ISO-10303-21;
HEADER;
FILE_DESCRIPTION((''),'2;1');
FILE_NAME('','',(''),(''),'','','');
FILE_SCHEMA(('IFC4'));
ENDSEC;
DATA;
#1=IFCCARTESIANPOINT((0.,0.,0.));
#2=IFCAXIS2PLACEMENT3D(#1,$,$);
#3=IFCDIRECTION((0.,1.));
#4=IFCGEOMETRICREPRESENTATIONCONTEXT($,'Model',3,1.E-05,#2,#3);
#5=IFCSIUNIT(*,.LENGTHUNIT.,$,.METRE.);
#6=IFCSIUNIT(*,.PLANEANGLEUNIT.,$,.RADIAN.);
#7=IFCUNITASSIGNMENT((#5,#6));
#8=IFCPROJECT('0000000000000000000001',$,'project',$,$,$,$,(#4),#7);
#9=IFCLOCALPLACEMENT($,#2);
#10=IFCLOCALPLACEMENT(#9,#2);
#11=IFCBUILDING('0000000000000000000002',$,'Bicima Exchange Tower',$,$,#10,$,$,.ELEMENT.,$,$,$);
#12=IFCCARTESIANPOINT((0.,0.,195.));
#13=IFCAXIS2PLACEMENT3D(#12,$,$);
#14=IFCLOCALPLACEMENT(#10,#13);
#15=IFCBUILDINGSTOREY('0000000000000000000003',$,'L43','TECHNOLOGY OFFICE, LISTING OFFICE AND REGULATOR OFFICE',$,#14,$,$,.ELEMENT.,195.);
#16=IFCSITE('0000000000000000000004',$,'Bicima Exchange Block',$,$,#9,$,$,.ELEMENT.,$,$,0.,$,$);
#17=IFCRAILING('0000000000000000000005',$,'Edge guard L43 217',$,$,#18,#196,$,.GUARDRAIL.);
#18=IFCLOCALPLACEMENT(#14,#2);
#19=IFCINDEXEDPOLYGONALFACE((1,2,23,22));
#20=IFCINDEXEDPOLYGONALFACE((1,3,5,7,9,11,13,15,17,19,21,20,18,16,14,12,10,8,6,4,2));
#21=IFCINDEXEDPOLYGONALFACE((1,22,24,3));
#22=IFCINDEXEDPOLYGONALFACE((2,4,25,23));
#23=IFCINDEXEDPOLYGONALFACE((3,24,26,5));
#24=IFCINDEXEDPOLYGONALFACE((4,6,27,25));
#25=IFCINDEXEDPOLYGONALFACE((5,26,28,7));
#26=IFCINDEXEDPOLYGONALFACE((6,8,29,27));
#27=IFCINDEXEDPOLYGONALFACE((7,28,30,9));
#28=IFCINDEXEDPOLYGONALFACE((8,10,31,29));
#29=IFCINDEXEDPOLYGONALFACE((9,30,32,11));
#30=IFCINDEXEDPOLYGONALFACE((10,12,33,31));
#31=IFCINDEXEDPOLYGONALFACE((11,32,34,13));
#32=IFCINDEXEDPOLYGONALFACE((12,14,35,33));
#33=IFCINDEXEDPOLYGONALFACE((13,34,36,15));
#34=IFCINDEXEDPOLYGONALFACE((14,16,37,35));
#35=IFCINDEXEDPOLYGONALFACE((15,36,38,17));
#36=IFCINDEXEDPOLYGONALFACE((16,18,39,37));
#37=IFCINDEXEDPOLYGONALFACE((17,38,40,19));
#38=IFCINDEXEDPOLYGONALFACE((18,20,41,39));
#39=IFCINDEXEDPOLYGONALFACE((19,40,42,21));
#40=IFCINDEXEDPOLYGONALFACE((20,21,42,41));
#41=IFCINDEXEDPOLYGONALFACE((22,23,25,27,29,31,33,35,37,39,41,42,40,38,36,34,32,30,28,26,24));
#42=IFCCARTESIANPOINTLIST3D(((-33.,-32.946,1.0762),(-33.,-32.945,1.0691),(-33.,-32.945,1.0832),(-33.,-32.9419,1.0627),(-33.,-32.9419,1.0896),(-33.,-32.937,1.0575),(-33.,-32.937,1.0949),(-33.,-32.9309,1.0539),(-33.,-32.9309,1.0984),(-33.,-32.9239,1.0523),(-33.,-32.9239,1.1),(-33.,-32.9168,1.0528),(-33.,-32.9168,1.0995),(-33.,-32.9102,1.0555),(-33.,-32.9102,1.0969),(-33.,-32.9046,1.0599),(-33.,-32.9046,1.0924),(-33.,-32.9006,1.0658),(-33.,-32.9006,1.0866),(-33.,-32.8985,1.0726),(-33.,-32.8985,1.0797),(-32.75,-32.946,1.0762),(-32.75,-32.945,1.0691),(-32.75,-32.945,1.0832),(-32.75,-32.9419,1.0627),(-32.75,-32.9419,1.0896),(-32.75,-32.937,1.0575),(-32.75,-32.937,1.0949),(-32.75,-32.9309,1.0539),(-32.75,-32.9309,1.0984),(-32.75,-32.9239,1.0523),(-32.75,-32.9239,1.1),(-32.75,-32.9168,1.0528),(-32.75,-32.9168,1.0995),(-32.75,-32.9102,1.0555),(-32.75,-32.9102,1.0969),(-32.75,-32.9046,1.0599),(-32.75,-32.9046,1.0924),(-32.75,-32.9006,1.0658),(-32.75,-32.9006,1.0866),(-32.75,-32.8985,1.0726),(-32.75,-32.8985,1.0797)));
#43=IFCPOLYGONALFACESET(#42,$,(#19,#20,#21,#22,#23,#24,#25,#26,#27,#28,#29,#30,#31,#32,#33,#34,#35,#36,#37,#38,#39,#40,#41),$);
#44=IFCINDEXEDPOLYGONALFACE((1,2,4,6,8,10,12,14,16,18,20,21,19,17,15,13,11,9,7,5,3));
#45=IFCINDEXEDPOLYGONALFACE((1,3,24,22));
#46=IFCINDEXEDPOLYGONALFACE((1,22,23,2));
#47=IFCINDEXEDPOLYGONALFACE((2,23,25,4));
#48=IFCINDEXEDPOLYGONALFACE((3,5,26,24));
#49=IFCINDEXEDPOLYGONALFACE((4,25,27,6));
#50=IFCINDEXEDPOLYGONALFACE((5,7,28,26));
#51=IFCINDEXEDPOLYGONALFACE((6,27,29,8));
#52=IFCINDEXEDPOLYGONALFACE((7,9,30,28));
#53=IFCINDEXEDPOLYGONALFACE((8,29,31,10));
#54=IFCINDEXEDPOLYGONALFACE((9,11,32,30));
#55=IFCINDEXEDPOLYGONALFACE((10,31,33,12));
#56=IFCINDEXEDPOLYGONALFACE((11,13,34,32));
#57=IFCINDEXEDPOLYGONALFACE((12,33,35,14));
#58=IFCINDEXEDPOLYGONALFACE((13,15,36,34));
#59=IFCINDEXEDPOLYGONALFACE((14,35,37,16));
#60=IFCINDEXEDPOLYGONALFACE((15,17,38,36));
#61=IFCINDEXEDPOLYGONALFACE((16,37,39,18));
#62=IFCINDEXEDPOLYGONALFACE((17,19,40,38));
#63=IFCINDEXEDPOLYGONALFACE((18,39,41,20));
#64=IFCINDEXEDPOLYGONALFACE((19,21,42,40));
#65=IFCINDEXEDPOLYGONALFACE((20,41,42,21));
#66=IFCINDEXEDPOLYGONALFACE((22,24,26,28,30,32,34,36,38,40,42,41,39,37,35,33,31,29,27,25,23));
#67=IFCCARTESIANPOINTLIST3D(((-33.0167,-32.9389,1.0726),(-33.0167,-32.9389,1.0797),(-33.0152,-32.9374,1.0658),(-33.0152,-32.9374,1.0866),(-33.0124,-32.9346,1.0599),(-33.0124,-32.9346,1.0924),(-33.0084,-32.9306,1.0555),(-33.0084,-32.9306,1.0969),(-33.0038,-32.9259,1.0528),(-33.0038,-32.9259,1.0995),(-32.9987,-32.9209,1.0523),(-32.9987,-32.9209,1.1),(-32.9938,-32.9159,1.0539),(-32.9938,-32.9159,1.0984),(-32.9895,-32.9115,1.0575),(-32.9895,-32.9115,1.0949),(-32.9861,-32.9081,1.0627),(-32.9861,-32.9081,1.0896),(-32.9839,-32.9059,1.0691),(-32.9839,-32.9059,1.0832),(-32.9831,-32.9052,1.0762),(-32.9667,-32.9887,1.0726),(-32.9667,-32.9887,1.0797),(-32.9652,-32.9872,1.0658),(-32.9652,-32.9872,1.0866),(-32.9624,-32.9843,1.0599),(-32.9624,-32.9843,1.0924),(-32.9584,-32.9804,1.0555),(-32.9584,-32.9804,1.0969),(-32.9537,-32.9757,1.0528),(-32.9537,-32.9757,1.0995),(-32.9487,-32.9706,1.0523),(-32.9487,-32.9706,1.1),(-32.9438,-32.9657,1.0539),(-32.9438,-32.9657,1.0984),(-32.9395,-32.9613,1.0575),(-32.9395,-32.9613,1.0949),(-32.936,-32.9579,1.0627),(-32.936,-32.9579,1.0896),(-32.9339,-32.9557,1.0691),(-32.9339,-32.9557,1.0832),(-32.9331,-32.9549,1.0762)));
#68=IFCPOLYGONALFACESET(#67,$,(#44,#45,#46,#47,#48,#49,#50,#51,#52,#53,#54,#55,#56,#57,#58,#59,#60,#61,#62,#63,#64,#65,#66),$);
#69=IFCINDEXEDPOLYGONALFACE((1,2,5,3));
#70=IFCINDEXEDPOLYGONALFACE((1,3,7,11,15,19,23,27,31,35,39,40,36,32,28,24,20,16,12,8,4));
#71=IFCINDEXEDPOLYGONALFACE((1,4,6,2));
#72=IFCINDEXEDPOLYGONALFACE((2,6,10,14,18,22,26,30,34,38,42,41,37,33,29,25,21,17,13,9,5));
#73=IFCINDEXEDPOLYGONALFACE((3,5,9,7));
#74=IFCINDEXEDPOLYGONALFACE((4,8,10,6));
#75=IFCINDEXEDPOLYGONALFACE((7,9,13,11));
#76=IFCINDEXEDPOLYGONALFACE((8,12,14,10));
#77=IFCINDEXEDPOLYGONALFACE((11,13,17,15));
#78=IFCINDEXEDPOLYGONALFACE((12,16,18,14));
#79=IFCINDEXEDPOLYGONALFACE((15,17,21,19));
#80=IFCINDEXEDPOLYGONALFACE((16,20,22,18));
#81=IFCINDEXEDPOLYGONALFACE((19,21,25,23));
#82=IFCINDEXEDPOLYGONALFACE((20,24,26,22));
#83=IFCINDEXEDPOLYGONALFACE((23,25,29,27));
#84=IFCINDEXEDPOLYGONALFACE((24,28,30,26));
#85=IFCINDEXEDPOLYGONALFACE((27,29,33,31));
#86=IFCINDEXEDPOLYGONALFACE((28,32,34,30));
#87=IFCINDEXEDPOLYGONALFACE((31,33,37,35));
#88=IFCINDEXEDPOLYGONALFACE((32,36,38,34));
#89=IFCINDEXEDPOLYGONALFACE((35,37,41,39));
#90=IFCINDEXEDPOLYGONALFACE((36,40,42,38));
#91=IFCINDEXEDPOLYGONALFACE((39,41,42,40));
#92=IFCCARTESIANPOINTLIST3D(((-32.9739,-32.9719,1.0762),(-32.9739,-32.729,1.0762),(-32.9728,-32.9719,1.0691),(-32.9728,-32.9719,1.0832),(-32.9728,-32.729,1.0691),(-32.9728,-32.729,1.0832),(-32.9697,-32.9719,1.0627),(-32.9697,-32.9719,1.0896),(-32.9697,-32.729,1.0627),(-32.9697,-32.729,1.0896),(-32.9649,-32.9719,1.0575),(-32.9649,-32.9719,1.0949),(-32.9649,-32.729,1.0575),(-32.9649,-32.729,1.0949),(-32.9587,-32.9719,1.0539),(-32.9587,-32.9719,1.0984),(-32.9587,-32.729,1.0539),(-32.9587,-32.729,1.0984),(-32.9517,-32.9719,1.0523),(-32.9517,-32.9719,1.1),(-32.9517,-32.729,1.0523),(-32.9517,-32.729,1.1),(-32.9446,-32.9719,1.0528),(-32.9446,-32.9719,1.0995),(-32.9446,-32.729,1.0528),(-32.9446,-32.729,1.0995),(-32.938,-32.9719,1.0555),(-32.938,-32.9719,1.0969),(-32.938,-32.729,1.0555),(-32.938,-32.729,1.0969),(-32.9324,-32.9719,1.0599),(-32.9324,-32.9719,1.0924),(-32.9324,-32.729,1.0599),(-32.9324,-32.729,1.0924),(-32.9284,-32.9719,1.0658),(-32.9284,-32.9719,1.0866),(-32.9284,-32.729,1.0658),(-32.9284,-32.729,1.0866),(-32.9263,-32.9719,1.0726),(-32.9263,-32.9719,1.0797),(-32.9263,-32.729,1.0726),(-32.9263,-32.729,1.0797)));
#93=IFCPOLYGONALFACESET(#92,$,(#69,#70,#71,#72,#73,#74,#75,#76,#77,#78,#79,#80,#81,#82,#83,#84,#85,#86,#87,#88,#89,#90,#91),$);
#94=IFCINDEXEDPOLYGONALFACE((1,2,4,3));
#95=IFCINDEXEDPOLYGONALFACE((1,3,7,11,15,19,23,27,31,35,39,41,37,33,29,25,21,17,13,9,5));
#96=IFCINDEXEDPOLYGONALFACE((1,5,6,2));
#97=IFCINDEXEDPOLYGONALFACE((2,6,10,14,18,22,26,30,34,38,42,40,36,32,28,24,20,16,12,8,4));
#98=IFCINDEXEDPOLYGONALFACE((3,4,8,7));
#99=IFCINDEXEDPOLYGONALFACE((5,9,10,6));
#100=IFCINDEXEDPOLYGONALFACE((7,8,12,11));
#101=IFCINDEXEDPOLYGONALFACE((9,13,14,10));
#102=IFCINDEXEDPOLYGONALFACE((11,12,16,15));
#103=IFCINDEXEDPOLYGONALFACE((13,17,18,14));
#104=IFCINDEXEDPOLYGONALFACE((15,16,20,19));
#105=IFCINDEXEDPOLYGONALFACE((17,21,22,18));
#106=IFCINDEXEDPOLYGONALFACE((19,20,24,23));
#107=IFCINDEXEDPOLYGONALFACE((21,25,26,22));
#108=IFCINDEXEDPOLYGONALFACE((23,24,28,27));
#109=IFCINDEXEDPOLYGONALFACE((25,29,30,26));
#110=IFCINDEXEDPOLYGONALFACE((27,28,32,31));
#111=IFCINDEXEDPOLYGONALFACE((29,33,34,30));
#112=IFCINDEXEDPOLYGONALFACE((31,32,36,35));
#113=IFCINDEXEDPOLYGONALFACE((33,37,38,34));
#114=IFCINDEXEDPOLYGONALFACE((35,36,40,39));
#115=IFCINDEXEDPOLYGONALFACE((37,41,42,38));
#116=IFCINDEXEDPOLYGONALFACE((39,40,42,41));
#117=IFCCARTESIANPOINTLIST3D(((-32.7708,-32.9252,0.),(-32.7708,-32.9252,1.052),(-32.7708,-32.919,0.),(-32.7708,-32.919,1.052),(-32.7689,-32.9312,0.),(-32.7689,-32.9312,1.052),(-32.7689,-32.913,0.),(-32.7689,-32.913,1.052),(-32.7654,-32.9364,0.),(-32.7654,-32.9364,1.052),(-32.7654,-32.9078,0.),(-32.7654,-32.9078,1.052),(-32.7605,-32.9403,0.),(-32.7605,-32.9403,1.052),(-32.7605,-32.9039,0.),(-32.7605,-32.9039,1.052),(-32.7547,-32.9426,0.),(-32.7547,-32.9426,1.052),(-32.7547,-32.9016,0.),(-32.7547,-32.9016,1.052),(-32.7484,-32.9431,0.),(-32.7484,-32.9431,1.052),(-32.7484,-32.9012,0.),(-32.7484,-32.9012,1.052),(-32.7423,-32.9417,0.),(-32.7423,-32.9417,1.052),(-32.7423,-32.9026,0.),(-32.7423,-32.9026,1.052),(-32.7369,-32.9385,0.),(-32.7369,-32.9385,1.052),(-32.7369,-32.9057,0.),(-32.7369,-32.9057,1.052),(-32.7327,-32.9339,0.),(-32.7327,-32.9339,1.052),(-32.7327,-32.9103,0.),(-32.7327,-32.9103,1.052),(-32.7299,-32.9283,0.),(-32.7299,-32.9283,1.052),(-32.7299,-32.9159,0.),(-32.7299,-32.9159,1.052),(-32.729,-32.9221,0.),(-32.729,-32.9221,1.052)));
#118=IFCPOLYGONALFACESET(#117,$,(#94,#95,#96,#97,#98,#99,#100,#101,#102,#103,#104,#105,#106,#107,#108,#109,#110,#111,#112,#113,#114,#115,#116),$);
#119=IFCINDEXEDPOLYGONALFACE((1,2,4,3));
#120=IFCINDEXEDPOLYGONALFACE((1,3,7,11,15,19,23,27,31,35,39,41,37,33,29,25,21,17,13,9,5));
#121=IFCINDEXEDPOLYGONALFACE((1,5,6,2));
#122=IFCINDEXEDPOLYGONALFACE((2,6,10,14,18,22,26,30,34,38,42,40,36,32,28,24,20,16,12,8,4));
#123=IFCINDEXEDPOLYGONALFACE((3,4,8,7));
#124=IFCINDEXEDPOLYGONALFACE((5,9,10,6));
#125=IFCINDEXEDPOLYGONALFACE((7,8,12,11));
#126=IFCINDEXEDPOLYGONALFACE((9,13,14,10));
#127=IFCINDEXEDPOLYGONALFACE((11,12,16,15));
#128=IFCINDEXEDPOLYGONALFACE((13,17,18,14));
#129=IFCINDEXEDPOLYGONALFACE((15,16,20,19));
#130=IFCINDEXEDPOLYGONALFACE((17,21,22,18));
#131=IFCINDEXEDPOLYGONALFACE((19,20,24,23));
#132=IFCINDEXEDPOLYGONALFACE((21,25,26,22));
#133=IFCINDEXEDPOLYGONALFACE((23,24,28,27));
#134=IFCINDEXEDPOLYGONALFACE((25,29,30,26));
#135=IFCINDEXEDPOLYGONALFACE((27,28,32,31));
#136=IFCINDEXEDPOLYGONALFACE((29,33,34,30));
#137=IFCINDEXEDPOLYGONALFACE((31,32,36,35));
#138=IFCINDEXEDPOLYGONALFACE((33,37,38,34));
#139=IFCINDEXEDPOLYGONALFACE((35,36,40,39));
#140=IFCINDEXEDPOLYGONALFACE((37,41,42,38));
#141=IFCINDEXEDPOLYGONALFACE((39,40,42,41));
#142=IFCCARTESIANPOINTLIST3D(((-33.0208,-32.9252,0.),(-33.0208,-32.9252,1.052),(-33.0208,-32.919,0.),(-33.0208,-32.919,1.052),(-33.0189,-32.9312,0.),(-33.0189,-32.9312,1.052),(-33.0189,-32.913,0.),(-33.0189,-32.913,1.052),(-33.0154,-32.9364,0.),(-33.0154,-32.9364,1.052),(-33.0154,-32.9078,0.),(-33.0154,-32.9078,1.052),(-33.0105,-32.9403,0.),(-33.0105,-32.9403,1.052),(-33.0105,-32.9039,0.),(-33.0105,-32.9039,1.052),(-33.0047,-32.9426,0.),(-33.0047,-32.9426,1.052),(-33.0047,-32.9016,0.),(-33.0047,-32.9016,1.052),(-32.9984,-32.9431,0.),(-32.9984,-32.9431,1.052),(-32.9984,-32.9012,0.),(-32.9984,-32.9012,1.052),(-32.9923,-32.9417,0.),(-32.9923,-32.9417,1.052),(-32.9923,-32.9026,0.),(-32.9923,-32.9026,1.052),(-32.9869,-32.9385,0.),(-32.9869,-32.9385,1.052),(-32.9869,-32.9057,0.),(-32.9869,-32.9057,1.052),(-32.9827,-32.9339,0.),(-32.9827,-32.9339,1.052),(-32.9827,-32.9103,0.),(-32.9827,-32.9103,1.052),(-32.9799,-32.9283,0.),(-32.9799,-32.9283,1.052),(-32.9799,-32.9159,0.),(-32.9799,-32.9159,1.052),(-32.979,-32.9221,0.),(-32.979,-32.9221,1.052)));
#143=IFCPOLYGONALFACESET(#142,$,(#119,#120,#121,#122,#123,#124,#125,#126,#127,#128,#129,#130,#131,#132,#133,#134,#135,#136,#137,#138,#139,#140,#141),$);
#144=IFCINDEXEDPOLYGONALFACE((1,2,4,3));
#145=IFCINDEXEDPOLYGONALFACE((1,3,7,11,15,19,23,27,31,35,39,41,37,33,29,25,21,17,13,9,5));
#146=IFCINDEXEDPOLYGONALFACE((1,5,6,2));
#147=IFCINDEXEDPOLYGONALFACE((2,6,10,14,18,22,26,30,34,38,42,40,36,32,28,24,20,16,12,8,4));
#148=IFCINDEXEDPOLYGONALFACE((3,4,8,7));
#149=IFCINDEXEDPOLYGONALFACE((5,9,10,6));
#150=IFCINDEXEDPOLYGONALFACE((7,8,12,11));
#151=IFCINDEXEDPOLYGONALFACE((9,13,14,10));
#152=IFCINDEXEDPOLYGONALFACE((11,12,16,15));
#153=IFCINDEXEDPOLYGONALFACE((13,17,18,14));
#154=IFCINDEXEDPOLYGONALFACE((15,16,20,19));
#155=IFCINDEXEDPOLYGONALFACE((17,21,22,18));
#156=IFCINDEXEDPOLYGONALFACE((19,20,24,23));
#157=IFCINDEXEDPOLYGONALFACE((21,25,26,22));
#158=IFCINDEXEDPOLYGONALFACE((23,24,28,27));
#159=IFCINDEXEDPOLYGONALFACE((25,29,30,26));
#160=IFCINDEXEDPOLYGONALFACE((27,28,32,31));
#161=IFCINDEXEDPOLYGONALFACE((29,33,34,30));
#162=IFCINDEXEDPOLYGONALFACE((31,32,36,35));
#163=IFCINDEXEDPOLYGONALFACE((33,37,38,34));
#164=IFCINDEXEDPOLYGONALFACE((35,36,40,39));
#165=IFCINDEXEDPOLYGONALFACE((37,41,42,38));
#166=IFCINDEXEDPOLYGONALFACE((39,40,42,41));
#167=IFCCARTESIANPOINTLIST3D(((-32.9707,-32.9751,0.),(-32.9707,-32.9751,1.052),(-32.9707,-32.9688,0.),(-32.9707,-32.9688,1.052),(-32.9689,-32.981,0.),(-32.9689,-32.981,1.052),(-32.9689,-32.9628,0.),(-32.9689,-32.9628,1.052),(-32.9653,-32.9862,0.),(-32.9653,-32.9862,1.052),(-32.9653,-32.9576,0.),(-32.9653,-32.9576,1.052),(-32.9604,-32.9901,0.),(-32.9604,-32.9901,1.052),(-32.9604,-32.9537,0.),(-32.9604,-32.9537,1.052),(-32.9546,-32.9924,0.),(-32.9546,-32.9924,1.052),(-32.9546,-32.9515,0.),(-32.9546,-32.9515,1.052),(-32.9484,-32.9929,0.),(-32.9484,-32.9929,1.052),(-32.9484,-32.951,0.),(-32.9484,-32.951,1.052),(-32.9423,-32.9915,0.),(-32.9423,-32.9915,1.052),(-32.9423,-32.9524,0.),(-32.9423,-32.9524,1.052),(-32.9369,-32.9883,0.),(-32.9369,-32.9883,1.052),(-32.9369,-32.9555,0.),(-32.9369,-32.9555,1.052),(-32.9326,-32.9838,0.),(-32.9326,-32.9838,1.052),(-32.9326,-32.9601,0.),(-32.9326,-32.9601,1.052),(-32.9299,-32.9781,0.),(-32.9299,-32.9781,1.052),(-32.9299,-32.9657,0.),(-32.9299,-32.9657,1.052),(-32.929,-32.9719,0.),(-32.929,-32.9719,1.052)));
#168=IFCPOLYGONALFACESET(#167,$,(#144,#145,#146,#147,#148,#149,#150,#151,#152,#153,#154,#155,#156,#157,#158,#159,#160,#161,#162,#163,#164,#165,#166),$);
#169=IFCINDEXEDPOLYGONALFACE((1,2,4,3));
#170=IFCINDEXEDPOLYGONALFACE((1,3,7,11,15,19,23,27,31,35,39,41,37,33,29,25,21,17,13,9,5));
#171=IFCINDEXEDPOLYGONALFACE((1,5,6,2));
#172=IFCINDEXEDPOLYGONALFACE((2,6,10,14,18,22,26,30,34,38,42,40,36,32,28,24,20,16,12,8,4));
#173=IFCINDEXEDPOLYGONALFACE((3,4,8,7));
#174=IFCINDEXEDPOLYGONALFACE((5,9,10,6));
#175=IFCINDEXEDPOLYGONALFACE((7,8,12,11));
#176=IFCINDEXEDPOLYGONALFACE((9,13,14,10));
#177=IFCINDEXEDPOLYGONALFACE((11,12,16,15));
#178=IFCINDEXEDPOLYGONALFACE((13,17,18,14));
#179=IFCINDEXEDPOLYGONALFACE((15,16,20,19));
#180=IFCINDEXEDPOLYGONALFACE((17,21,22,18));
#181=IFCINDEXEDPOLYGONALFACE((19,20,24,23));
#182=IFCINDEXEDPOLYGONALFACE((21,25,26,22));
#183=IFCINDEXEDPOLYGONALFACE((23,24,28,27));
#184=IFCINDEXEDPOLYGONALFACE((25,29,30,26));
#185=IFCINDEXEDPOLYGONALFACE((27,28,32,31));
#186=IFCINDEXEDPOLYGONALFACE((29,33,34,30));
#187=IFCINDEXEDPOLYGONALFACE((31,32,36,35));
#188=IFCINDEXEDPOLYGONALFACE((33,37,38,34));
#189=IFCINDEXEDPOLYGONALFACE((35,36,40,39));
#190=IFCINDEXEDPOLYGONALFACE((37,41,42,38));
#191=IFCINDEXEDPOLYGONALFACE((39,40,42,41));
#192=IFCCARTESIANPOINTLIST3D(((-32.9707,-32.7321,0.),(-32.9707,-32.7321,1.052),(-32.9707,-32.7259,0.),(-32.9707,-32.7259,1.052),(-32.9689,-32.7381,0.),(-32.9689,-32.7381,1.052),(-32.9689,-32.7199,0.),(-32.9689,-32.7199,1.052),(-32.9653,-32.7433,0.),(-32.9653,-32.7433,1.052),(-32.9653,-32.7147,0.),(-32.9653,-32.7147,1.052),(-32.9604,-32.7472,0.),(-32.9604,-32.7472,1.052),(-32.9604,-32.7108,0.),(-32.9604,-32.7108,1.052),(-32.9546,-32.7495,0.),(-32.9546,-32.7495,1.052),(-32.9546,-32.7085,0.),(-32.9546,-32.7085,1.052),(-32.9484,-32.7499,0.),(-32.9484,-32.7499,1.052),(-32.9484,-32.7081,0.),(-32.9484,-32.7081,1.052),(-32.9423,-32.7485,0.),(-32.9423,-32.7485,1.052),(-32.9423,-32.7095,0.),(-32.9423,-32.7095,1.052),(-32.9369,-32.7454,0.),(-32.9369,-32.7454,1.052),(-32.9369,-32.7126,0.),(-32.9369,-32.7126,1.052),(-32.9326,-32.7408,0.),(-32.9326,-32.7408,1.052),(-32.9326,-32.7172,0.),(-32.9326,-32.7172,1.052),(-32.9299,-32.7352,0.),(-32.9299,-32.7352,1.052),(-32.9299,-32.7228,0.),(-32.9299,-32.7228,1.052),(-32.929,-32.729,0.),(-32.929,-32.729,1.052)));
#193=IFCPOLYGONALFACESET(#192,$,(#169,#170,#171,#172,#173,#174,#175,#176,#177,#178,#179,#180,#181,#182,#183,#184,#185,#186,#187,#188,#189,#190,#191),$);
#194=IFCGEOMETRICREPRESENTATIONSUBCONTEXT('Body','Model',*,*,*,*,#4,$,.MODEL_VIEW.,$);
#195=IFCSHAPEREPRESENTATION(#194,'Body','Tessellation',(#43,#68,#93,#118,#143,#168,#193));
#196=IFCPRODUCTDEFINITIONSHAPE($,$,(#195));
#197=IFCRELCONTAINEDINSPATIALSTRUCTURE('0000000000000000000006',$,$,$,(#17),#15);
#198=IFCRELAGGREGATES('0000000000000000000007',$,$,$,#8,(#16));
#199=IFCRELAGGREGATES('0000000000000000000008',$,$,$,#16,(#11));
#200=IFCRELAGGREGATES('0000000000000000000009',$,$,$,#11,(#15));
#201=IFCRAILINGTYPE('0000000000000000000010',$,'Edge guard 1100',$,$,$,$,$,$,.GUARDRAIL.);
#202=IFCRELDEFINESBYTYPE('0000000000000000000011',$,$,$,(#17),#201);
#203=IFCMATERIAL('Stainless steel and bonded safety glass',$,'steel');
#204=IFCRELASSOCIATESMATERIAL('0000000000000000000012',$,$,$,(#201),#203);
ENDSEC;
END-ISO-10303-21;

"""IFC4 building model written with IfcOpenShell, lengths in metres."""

from ifc_helpers import new_model, si_unit, direction, frame, origin, origin_2d, place, context, subcontext, project, spatial, circle, extrude, material, type_object, element, save


model = new_model("IFC4")

# Units and contexts
model_context = context("Model", 3, precision=1e-05, world=origin(), true_north=direction((0.0, 1.0)))
body_context = subcontext(model_context, "Body", "Model", "MODEL_VIEW")
ifc_project = project(units=[si_unit("LENGTHUNIT", "METRE"), si_unit("PLANEANGLEUNIT", "RADIAN")], contexts=[model_context])

# Site, building, storey
site_placement = place(None, origin())
site = spatial("IfcSite", under=ifc_project, at=site_placement, Name="Bicima Exchange Block", CompositionType="ELEMENT", RefElevation=0.0)
building_placement = place(site_placement, origin())
building = spatial("IfcBuilding", under=site, at=building_placement, Name="Bicima Exchange Tower", CompositionType="ELEMENT")
storey_placement = place(building_placement, frame((0.0, 0.0, 195.0)))
storey = spatial("IfcBuildingStorey", under=building, at=storey_placement, Name="L43", Description="TECHNOLOGY OFFICE, LISTING OFFICE AND REGULATOR OFFICE", CompositionType="ELEMENT", Elevation=195.0)

# Railing
ifc_material_1 = material(Name="Stainless steel and bonded safety glass", Category="steel")
railing_type = type_object("IfcRailingType", Name="Edge guard 1100", PredefinedType="GUARDRAIL", material=ifc_material_1)
railing_1_placement = place(storey_placement, frame((-32.75, -32.9221, 0.0)))
element("IfcRailing", 1, at=railing_1_placement, inside=storey, type_object=railing_type, Name="Edge guard L43 217", PredefinedType="GUARDRAIL", context=body_context, shape_type="SweptSolid", body=[
    extrude(circle(Radius=0.0239, at=origin_2d()), frame((0.0, 0.0, 1.0762), z_axis=(-1.0, 0.0, 0.0), x_axis=(0.0, -1.0, 0.0)), (0.0, 0.0, 1.0), 0.25),
    extrude(circle(Radius=0.0239, at=origin_2d()), frame((-0.25, 0.0, 1.0762), z_axis=(0.708834, -0.705376, 0.0), x_axis=(0.705376, 0.708834, 0.0)), (0.0, 0.0, 1.0), 0.0706),
    extrude(circle(Radius=0.0239, at=origin_2d()), frame((-0.2, -0.0498, 1.0762), z_axis=(0.0, 1.0, 0.0), x_axis=(-1.0, 0.0, 0.0)), (0.0, 0.0, 1.0), 0.2429),
    extrude(circle(Radius=0.021, at=origin_2d()), origin(), (0.0, 0.0, 1.0), 1.052),
    extrude(circle(Radius=0.021, at=origin_2d()), frame((-0.25, 0.0, 0.0)), (0.0, 0.0, 1.0), 1.052),
    extrude(circle(Radius=0.021, at=origin_2d()), frame((-0.2, -0.0498, 0.0)), (0.0, 0.0, 1.0), 1.052),
    extrude(circle(Radius=0.021, at=origin_2d()), frame((-0.2, 0.1931, 0.0)), (0.0, 0.0, 1.0), 1.052),
])

save(model, "model.ifc")
